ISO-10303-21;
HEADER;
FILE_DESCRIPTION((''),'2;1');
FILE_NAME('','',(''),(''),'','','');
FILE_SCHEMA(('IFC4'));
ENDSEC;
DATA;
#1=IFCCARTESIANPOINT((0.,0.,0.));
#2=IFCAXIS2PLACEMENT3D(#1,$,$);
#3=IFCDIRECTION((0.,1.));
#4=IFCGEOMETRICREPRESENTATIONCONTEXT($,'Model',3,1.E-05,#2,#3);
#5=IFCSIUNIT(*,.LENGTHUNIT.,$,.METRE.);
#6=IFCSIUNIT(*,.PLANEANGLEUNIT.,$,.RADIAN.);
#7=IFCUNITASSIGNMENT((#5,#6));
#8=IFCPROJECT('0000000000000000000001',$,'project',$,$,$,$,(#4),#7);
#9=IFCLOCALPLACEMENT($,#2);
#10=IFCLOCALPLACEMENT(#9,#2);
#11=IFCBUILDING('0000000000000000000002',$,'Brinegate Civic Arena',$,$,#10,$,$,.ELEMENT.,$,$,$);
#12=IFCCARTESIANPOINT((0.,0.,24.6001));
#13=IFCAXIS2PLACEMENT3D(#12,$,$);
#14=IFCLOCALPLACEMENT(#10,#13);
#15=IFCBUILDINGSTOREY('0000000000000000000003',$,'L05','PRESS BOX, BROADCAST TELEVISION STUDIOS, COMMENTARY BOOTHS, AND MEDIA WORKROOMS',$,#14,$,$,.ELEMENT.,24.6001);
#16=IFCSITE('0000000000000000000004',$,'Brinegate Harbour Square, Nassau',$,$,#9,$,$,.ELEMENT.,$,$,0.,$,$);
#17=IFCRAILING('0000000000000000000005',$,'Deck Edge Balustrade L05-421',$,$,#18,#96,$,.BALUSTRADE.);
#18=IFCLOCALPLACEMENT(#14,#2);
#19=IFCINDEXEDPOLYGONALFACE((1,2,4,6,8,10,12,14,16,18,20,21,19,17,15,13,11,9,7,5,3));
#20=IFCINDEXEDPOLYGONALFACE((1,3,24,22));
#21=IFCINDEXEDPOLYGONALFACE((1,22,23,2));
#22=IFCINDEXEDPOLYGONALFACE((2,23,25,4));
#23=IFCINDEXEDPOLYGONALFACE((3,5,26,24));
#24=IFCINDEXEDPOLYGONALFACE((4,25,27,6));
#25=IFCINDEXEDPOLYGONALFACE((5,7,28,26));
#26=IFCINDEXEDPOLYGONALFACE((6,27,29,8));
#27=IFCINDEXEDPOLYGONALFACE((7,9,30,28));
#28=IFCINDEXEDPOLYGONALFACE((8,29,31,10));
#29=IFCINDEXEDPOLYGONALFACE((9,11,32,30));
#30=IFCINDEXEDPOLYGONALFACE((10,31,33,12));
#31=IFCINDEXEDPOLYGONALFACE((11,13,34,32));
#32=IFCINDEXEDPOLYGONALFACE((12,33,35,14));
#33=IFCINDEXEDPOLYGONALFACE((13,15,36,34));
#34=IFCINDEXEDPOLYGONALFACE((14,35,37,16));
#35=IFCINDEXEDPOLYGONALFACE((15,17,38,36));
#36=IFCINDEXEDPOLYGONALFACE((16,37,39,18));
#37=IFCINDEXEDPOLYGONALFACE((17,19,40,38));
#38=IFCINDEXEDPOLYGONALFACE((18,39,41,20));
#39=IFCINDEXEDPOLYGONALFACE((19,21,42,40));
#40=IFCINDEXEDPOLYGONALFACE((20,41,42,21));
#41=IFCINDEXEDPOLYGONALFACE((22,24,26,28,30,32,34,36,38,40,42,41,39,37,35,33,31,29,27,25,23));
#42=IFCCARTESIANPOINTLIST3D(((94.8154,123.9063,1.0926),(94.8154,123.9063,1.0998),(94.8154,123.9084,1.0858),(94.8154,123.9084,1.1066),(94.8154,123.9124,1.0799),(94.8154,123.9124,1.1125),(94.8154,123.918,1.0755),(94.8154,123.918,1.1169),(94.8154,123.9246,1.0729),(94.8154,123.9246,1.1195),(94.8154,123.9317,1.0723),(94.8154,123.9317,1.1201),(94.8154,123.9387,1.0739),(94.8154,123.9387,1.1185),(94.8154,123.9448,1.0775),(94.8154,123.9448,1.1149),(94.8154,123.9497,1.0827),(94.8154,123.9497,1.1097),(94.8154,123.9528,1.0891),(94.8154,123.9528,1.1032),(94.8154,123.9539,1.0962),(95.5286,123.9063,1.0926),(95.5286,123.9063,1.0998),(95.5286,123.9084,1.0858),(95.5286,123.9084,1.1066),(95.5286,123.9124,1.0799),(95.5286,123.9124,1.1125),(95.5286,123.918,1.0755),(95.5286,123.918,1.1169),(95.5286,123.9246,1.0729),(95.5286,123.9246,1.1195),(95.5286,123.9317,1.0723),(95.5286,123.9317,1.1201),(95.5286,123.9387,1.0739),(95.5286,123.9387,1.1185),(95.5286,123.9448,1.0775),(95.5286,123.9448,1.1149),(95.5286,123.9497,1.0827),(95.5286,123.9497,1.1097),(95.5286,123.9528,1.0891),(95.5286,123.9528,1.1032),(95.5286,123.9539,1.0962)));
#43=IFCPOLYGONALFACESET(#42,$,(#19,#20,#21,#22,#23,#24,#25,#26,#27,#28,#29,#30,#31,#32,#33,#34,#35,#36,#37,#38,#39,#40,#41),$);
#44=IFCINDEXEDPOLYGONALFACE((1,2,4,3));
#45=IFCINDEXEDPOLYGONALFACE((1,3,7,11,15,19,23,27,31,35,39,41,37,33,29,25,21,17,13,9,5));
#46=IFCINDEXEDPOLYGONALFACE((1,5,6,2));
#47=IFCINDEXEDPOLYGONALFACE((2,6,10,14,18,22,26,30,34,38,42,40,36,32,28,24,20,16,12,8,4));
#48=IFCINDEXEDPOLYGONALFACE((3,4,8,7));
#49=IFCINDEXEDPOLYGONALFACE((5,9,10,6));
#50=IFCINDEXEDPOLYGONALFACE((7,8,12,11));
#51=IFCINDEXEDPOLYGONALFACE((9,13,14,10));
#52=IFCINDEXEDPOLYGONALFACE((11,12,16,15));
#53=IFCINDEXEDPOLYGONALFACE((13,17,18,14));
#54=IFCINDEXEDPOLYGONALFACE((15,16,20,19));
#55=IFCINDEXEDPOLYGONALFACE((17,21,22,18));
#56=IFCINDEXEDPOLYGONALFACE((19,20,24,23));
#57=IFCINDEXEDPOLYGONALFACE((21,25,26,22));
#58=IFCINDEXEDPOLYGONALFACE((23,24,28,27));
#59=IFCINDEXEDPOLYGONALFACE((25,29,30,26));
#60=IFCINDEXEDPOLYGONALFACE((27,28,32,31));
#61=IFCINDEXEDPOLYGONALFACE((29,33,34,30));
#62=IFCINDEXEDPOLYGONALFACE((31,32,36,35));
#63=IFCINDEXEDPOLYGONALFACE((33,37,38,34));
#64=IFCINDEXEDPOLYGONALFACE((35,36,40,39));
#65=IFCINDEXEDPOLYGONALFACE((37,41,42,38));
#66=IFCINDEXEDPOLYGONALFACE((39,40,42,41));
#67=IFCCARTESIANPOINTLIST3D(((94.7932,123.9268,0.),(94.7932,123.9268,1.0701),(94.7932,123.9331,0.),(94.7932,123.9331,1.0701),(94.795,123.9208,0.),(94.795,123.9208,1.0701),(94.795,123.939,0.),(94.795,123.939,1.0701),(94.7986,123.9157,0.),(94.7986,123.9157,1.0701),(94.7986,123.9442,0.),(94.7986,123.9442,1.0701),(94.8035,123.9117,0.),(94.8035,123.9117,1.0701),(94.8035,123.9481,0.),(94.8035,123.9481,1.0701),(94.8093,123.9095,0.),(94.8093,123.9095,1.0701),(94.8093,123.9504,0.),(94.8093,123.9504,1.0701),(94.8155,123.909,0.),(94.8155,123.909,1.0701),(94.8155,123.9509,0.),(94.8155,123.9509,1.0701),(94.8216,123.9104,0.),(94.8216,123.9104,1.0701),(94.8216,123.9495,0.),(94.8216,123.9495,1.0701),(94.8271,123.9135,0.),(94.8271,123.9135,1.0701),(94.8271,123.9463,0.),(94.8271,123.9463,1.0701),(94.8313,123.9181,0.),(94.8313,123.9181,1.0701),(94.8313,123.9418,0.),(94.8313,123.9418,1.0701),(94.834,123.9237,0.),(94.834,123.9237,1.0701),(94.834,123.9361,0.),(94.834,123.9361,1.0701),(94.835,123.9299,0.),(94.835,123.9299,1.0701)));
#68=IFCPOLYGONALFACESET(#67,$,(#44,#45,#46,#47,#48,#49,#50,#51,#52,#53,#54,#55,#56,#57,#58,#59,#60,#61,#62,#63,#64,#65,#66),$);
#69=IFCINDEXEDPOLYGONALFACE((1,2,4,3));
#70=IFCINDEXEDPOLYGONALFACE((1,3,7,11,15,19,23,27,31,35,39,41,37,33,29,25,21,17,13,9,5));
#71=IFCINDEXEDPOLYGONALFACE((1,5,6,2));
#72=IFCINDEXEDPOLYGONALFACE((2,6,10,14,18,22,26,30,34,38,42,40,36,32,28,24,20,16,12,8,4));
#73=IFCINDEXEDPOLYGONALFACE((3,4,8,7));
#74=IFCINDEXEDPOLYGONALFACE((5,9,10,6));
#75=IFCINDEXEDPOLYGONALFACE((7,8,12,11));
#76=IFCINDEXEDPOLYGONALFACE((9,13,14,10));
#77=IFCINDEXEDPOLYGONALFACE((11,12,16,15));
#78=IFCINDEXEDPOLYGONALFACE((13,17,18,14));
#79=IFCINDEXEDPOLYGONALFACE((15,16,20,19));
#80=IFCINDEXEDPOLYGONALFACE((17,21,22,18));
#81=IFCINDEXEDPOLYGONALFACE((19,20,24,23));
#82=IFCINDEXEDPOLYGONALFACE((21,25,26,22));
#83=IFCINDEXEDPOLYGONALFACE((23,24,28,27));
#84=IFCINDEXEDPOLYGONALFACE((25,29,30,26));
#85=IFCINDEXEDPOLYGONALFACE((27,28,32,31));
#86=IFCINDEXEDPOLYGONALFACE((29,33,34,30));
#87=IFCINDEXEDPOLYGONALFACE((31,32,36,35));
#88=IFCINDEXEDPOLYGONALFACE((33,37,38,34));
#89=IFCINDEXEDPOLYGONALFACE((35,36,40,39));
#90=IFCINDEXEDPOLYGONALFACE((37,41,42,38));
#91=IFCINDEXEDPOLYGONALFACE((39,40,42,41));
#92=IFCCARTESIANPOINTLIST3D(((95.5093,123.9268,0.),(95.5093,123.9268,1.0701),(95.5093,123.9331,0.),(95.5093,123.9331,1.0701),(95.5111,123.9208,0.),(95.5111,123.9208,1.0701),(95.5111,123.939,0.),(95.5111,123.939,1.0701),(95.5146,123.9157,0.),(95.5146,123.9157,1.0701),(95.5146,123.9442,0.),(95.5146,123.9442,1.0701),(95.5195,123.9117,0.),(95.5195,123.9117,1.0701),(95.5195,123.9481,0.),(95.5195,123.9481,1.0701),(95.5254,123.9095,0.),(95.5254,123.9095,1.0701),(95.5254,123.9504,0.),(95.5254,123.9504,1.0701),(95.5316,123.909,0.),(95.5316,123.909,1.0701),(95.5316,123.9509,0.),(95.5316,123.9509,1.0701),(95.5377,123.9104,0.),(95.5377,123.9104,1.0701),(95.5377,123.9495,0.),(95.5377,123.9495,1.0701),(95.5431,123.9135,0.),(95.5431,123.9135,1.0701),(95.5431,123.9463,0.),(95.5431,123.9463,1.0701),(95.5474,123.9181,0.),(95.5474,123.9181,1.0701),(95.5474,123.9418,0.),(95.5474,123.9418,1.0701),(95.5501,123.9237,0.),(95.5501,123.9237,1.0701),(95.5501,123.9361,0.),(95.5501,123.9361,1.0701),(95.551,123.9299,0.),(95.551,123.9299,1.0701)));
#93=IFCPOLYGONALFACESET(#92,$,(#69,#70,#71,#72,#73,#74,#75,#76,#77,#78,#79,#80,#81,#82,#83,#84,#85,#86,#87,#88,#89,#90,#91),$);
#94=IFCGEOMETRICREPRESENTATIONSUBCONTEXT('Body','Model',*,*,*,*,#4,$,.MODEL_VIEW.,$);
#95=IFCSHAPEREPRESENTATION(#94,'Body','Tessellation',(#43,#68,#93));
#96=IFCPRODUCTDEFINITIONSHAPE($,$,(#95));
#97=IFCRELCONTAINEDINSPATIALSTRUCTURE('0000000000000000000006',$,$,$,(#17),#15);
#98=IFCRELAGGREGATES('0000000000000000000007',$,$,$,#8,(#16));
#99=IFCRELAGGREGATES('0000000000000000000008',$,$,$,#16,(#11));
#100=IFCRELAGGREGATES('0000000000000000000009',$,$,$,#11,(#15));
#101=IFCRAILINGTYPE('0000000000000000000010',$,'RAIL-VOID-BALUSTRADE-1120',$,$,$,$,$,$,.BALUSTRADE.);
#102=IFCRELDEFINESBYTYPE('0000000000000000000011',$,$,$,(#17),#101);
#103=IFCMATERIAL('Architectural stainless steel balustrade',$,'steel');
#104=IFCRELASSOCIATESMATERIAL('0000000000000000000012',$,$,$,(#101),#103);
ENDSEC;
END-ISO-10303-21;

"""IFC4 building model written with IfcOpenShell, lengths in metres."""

from ifc_helpers import new_model, si_unit, direction, frame, origin, origin_2d, place, context, subcontext, project, spatial, circle, extrude, material, type_object, element, save


model = new_model("IFC4")

# Units and contexts
model_context = context("Model", 3, precision=1e-05, world=origin(), true_north=direction((0.0, 1.0)))
body_context = subcontext(model_context, "Body", "Model", "MODEL_VIEW")
ifc_project = project(units=[si_unit("LENGTHUNIT", "METRE"), si_unit("PLANEANGLEUNIT", "RADIAN")], contexts=[model_context])

# Site, building, storey
site_placement = place(None, origin())
site = spatial("IfcSite", under=ifc_project, at=site_placement, Name="Brinegate Harbour Square, Nassau", CompositionType="ELEMENT", RefElevation=0.0)
building_placement = place(site_placement, origin())
building = spatial("IfcBuilding", under=site, at=building_placement, Name="Brinegate Civic Arena", CompositionType="ELEMENT")
storey_placement = place(building_placement, frame((0.0, 0.0, 24.6001)))
storey = spatial("IfcBuildingStorey", under=building, at=storey_placement, Name="L05", Description="PRESS BOX, BROADCAST TELEVISION STUDIOS, COMMENTARY BOOTHS, AND MEDIA WORKROOMS", CompositionType="ELEMENT", Elevation=24.6001)

# Railing
ifc_material_1 = material(Name="Architectural stainless steel balustrade", Category="steel")
railing_type = type_object("IfcRailingType", Name="RAIL-VOID-BALUSTRADE-1120", PredefinedType="BALUSTRADE", material=ifc_material_1)
railing_placement = place(storey_placement, frame((94.814, 123.9299, 0.0)))
element("IfcRailing", 1, at=railing_placement, inside=storey, type_object=railing_type, Name="Deck Edge Balustrade L05-421", PredefinedType="BALUSTRADE", context=body_context, shape_type="SweptSolid", body=[
    extrude(circle(Radius=0.0239, at=origin_2d()), frame((0.0015, 0.0, 1.0962), z_axis=(1.0, 0.0, 0.0), x_axis=(0.0, 1.0, 0.0)), (0.0, 0.0, 1.0), 0.7131),
    extrude(circle(Radius=0.021, at=origin_2d()), origin(), (0.0, 0.0, 1.0), 1.0701),
    extrude(circle(Radius=0.021, at=origin_2d()), frame((0.7161, 0.0, 0.0)), (0.0, 0.0, 1.0), 1.0701),
])

save(model, "model.ifc")
